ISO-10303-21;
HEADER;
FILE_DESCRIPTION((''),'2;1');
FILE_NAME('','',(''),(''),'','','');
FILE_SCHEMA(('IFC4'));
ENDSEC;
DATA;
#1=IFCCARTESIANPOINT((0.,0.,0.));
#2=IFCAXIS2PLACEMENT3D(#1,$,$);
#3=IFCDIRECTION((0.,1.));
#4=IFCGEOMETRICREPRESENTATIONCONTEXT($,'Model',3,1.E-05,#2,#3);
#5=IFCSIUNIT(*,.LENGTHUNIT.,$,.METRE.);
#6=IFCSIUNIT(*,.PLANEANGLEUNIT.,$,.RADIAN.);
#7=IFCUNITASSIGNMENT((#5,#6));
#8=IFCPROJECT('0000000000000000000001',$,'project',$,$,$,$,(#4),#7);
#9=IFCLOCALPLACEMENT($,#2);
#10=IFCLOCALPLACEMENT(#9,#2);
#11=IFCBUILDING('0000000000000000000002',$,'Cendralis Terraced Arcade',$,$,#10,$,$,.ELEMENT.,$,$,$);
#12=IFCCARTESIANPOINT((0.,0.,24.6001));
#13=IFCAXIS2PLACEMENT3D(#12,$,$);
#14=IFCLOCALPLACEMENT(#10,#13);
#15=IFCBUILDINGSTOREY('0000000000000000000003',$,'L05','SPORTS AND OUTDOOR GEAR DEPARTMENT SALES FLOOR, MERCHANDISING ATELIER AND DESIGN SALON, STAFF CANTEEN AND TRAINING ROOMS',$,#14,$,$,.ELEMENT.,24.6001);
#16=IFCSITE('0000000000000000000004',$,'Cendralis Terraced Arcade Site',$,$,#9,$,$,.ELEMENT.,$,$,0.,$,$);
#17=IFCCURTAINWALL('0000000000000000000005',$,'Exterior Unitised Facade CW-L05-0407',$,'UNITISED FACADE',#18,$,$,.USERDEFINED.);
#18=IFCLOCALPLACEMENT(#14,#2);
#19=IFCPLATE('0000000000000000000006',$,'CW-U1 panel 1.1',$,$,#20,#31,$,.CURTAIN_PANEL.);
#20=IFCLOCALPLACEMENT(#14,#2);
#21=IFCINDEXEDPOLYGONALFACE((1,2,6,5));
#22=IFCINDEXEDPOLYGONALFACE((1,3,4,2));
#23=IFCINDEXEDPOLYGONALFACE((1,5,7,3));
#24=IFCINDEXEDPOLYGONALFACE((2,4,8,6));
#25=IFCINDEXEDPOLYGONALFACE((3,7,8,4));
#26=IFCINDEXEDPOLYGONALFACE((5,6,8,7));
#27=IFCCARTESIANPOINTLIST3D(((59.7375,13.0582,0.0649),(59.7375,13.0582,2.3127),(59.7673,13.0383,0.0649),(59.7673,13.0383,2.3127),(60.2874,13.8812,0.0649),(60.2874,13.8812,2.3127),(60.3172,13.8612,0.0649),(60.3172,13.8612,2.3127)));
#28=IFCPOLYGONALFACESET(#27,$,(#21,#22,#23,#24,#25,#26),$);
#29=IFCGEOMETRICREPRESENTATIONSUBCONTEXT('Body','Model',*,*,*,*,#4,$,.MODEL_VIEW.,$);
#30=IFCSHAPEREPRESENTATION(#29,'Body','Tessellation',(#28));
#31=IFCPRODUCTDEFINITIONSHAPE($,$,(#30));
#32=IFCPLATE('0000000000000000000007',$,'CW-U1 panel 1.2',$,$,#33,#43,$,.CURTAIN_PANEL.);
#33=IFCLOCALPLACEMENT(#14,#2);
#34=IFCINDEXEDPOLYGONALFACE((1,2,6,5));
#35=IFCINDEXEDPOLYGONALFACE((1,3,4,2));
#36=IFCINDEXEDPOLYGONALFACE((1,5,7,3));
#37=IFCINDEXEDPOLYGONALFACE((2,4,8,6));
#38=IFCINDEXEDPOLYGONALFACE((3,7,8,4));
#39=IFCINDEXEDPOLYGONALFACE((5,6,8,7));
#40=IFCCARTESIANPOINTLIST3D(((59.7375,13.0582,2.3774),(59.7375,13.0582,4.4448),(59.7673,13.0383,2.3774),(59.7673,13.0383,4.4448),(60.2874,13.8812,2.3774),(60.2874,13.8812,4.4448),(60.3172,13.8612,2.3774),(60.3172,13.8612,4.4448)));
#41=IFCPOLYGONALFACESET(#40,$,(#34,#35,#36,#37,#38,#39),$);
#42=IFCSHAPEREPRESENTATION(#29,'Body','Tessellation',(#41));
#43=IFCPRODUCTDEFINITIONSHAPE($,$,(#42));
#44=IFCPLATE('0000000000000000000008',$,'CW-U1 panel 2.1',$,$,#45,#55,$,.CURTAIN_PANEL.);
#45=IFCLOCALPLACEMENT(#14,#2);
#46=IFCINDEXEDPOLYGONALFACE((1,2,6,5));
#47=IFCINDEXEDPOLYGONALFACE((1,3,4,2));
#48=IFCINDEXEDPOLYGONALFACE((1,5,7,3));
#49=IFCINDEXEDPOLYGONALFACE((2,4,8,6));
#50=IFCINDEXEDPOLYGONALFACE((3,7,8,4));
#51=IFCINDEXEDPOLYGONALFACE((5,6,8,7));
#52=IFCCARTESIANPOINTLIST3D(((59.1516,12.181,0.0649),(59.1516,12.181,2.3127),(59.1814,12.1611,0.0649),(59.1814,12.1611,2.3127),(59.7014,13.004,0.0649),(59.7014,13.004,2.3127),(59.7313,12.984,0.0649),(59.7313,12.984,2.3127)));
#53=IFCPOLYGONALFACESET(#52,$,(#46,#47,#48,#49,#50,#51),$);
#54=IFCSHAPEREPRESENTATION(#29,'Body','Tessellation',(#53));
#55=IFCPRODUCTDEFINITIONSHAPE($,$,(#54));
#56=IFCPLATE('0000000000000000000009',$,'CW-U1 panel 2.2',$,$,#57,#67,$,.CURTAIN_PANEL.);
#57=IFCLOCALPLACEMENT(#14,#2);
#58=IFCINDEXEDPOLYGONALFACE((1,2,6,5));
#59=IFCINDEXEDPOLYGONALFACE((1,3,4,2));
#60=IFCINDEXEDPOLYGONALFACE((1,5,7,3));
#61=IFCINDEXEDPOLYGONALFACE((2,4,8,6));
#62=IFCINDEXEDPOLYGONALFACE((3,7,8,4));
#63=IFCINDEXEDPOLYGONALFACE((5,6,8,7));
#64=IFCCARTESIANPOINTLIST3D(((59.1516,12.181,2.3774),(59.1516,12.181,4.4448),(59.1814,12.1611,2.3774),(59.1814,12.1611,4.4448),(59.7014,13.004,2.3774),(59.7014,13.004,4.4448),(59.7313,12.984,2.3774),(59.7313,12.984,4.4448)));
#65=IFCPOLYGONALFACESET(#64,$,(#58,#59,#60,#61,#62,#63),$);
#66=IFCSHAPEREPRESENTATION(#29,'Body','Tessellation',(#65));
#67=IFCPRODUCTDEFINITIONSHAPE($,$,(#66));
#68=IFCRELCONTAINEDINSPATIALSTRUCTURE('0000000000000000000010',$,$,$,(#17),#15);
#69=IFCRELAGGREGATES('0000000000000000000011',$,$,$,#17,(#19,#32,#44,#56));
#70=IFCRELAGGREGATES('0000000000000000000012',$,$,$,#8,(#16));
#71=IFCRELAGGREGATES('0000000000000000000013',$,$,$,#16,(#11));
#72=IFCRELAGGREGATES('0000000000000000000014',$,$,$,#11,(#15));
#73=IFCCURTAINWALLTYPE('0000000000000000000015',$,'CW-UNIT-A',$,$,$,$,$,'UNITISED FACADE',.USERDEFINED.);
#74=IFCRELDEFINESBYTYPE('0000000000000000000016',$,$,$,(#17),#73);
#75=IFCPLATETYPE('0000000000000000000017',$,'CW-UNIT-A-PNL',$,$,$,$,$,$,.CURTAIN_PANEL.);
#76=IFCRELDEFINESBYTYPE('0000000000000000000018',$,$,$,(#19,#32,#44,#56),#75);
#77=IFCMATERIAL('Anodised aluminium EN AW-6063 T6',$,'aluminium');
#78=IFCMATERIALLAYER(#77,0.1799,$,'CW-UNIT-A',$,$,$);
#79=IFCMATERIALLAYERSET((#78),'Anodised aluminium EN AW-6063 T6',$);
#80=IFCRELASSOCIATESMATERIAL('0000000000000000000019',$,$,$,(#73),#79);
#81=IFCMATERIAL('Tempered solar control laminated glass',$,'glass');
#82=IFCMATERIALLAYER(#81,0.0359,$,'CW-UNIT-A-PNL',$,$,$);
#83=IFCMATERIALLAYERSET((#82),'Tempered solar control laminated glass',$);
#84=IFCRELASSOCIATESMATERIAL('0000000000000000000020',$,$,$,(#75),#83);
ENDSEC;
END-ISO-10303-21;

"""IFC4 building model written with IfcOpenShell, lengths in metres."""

from ifc_helpers import new_model, si_unit, direction, frame, origin, origin_2d, place, context, subcontext, project, spatial, rectangle, extrude, material, layer, layer_set, type_object, element, aggregate, save


model = new_model("IFC4")

# Units and contexts
model_context = context("Model", 3, precision=1e-05, world=origin(), true_north=direction((0.0, 1.0)))
body_context = subcontext(model_context, "Body", "Model", "MODEL_VIEW")
ifc_project = project(units=[si_unit("LENGTHUNIT", "METRE"), si_unit("PLANEANGLEUNIT", "RADIAN")], contexts=[model_context])

# Site, building, storey
site_placement = place(None, origin())
site = spatial("IfcSite", under=ifc_project, at=site_placement, Name="Cendralis Terraced Arcade Site", CompositionType="ELEMENT", RefElevation=0.0)
building_placement = place(site_placement, origin())
building = spatial("IfcBuilding", under=site, at=building_placement, Name="Cendralis Terraced Arcade", CompositionType="ELEMENT")
storey_placement = place(building_placement, frame((0.0, 0.0, 24.6001)))
storey = spatial("IfcBuildingStorey", under=building, at=storey_placement, Name="L05", Description="SPORTS AND OUTDOOR GEAR DEPARTMENT SALES FLOOR, MERCHANDISING ATELIER AND DESIGN SALON, STAFF CANTEEN AND TRAINING ROOMS", CompositionType="ELEMENT", Elevation=24.6001)

# Shared definitions
ifc_material_1 = material(Name="Anodised aluminium EN AW-6063 T6", Category="aluminium")
ifc_layer_1 = layer(ifc_material_1, 0.1799, Name="CW-UNIT-A")
ifc_layer_set_1 = layer_set([ifc_layer_1], Name="Anodised aluminium EN AW-6063 T6")
curtain_wall_type = type_object("IfcCurtainWallType", Name="CW-UNIT-A", ElementType="UNITISED FACADE", PredefinedType="USERDEFINED", material=ifc_layer_set_1)

# Curtain wall
curtain_wall_1_placement = place(storey_placement, origin())
curtain_wall_1 = element("IfcCurtainWall", 1, at=curtain_wall_1_placement, inside=storey, type_object=curtain_wall_type, Name="Exterior Unitised Facade CW-L05-0407", ObjectType="UNITISED FACADE", PredefinedType="USERDEFINED")

# Plates
ifc_material_2 = material(Name="Tempered solar control laminated glass", Category="glass")
ifc_layer_2 = layer(ifc_material_2, 0.0359, Name="CW-UNIT-A-PNL")
ifc_layer_set_2 = layer_set([ifc_layer_2], Name="Tempered solar control laminated glass")
plate_type = type_object("IfcPlateType", Name="CW-UNIT-A-PNL", PredefinedType="CURTAIN_PANEL", material=ifc_layer_set_2)
plate_1_placement = place(storey_placement, frame((60.0273, 13.4597, 0.0649), z_axis=(0.0, 0.0, 1.0), x_axis=(-0.555559, -0.831477, 0.0)))
plate_1 = element("IfcPlate", 2, at=plate_1_placement, type_object=plate_type, Name="CW-U1 panel 1.1", PredefinedType="CURTAIN_PANEL", context=body_context, shape_type="SweptSolid", body=[
    extrude(rectangle(XDim=0.9897, YDim=0.0359, at=origin_2d()), origin(), (0.0, 0.0, 1.0), 2.2478),
])
plate_2_placement = place(storey_placement, frame((60.0273, 13.4597, 2.3774), z_axis=(0.0, 0.0, 1.0), x_axis=(-0.555559, -0.831477, 0.0)))
plate_2 = element("IfcPlate", 3, at=plate_2_placement, type_object=plate_type, Name="CW-U1 panel 1.2", PredefinedType="CURTAIN_PANEL", context=body_context, shape_type="SweptSolid", body=[
    extrude(rectangle(XDim=0.9897, YDim=0.0359, at=origin_2d()), origin(), (0.0, 0.0, 1.0), 2.0674),
])
plate_3_placement = place(storey_placement, frame((59.4414, 12.5825, 0.0649), z_axis=(0.0, 0.0, 1.0), x_axis=(-0.555559, -0.831477, 0.0)))
plate_3 = element("IfcPlate", 4, at=plate_3_placement, type_object=plate_type, Name="CW-U1 panel 2.1", PredefinedType="CURTAIN_PANEL", context=body_context, shape_type="SweptSolid", body=[
    extrude(rectangle(XDim=0.9897, YDim=0.0359, at=origin_2d()), origin(), (0.0, 0.0, 1.0), 2.2478),
])
plate_4_placement = place(storey_placement, frame((59.4414, 12.5825, 2.3774), z_axis=(0.0, 0.0, 1.0), x_axis=(-0.555559, -0.831477, 0.0)))
plate_4 = element("IfcPlate", 5, at=plate_4_placement, type_object=plate_type, Name="CW-U1 panel 2.2", PredefinedType="CURTAIN_PANEL", context=body_context, shape_type="SweptSolid", body=[
    extrude(rectangle(XDim=0.9897, YDim=0.0359, at=origin_2d()), origin(), (0.0, 0.0, 1.0), 2.0674),
])
aggregate(curtain_wall_1, [plate_1, plate_2, plate_3, plate_4])

save(model, "model.ifc")
